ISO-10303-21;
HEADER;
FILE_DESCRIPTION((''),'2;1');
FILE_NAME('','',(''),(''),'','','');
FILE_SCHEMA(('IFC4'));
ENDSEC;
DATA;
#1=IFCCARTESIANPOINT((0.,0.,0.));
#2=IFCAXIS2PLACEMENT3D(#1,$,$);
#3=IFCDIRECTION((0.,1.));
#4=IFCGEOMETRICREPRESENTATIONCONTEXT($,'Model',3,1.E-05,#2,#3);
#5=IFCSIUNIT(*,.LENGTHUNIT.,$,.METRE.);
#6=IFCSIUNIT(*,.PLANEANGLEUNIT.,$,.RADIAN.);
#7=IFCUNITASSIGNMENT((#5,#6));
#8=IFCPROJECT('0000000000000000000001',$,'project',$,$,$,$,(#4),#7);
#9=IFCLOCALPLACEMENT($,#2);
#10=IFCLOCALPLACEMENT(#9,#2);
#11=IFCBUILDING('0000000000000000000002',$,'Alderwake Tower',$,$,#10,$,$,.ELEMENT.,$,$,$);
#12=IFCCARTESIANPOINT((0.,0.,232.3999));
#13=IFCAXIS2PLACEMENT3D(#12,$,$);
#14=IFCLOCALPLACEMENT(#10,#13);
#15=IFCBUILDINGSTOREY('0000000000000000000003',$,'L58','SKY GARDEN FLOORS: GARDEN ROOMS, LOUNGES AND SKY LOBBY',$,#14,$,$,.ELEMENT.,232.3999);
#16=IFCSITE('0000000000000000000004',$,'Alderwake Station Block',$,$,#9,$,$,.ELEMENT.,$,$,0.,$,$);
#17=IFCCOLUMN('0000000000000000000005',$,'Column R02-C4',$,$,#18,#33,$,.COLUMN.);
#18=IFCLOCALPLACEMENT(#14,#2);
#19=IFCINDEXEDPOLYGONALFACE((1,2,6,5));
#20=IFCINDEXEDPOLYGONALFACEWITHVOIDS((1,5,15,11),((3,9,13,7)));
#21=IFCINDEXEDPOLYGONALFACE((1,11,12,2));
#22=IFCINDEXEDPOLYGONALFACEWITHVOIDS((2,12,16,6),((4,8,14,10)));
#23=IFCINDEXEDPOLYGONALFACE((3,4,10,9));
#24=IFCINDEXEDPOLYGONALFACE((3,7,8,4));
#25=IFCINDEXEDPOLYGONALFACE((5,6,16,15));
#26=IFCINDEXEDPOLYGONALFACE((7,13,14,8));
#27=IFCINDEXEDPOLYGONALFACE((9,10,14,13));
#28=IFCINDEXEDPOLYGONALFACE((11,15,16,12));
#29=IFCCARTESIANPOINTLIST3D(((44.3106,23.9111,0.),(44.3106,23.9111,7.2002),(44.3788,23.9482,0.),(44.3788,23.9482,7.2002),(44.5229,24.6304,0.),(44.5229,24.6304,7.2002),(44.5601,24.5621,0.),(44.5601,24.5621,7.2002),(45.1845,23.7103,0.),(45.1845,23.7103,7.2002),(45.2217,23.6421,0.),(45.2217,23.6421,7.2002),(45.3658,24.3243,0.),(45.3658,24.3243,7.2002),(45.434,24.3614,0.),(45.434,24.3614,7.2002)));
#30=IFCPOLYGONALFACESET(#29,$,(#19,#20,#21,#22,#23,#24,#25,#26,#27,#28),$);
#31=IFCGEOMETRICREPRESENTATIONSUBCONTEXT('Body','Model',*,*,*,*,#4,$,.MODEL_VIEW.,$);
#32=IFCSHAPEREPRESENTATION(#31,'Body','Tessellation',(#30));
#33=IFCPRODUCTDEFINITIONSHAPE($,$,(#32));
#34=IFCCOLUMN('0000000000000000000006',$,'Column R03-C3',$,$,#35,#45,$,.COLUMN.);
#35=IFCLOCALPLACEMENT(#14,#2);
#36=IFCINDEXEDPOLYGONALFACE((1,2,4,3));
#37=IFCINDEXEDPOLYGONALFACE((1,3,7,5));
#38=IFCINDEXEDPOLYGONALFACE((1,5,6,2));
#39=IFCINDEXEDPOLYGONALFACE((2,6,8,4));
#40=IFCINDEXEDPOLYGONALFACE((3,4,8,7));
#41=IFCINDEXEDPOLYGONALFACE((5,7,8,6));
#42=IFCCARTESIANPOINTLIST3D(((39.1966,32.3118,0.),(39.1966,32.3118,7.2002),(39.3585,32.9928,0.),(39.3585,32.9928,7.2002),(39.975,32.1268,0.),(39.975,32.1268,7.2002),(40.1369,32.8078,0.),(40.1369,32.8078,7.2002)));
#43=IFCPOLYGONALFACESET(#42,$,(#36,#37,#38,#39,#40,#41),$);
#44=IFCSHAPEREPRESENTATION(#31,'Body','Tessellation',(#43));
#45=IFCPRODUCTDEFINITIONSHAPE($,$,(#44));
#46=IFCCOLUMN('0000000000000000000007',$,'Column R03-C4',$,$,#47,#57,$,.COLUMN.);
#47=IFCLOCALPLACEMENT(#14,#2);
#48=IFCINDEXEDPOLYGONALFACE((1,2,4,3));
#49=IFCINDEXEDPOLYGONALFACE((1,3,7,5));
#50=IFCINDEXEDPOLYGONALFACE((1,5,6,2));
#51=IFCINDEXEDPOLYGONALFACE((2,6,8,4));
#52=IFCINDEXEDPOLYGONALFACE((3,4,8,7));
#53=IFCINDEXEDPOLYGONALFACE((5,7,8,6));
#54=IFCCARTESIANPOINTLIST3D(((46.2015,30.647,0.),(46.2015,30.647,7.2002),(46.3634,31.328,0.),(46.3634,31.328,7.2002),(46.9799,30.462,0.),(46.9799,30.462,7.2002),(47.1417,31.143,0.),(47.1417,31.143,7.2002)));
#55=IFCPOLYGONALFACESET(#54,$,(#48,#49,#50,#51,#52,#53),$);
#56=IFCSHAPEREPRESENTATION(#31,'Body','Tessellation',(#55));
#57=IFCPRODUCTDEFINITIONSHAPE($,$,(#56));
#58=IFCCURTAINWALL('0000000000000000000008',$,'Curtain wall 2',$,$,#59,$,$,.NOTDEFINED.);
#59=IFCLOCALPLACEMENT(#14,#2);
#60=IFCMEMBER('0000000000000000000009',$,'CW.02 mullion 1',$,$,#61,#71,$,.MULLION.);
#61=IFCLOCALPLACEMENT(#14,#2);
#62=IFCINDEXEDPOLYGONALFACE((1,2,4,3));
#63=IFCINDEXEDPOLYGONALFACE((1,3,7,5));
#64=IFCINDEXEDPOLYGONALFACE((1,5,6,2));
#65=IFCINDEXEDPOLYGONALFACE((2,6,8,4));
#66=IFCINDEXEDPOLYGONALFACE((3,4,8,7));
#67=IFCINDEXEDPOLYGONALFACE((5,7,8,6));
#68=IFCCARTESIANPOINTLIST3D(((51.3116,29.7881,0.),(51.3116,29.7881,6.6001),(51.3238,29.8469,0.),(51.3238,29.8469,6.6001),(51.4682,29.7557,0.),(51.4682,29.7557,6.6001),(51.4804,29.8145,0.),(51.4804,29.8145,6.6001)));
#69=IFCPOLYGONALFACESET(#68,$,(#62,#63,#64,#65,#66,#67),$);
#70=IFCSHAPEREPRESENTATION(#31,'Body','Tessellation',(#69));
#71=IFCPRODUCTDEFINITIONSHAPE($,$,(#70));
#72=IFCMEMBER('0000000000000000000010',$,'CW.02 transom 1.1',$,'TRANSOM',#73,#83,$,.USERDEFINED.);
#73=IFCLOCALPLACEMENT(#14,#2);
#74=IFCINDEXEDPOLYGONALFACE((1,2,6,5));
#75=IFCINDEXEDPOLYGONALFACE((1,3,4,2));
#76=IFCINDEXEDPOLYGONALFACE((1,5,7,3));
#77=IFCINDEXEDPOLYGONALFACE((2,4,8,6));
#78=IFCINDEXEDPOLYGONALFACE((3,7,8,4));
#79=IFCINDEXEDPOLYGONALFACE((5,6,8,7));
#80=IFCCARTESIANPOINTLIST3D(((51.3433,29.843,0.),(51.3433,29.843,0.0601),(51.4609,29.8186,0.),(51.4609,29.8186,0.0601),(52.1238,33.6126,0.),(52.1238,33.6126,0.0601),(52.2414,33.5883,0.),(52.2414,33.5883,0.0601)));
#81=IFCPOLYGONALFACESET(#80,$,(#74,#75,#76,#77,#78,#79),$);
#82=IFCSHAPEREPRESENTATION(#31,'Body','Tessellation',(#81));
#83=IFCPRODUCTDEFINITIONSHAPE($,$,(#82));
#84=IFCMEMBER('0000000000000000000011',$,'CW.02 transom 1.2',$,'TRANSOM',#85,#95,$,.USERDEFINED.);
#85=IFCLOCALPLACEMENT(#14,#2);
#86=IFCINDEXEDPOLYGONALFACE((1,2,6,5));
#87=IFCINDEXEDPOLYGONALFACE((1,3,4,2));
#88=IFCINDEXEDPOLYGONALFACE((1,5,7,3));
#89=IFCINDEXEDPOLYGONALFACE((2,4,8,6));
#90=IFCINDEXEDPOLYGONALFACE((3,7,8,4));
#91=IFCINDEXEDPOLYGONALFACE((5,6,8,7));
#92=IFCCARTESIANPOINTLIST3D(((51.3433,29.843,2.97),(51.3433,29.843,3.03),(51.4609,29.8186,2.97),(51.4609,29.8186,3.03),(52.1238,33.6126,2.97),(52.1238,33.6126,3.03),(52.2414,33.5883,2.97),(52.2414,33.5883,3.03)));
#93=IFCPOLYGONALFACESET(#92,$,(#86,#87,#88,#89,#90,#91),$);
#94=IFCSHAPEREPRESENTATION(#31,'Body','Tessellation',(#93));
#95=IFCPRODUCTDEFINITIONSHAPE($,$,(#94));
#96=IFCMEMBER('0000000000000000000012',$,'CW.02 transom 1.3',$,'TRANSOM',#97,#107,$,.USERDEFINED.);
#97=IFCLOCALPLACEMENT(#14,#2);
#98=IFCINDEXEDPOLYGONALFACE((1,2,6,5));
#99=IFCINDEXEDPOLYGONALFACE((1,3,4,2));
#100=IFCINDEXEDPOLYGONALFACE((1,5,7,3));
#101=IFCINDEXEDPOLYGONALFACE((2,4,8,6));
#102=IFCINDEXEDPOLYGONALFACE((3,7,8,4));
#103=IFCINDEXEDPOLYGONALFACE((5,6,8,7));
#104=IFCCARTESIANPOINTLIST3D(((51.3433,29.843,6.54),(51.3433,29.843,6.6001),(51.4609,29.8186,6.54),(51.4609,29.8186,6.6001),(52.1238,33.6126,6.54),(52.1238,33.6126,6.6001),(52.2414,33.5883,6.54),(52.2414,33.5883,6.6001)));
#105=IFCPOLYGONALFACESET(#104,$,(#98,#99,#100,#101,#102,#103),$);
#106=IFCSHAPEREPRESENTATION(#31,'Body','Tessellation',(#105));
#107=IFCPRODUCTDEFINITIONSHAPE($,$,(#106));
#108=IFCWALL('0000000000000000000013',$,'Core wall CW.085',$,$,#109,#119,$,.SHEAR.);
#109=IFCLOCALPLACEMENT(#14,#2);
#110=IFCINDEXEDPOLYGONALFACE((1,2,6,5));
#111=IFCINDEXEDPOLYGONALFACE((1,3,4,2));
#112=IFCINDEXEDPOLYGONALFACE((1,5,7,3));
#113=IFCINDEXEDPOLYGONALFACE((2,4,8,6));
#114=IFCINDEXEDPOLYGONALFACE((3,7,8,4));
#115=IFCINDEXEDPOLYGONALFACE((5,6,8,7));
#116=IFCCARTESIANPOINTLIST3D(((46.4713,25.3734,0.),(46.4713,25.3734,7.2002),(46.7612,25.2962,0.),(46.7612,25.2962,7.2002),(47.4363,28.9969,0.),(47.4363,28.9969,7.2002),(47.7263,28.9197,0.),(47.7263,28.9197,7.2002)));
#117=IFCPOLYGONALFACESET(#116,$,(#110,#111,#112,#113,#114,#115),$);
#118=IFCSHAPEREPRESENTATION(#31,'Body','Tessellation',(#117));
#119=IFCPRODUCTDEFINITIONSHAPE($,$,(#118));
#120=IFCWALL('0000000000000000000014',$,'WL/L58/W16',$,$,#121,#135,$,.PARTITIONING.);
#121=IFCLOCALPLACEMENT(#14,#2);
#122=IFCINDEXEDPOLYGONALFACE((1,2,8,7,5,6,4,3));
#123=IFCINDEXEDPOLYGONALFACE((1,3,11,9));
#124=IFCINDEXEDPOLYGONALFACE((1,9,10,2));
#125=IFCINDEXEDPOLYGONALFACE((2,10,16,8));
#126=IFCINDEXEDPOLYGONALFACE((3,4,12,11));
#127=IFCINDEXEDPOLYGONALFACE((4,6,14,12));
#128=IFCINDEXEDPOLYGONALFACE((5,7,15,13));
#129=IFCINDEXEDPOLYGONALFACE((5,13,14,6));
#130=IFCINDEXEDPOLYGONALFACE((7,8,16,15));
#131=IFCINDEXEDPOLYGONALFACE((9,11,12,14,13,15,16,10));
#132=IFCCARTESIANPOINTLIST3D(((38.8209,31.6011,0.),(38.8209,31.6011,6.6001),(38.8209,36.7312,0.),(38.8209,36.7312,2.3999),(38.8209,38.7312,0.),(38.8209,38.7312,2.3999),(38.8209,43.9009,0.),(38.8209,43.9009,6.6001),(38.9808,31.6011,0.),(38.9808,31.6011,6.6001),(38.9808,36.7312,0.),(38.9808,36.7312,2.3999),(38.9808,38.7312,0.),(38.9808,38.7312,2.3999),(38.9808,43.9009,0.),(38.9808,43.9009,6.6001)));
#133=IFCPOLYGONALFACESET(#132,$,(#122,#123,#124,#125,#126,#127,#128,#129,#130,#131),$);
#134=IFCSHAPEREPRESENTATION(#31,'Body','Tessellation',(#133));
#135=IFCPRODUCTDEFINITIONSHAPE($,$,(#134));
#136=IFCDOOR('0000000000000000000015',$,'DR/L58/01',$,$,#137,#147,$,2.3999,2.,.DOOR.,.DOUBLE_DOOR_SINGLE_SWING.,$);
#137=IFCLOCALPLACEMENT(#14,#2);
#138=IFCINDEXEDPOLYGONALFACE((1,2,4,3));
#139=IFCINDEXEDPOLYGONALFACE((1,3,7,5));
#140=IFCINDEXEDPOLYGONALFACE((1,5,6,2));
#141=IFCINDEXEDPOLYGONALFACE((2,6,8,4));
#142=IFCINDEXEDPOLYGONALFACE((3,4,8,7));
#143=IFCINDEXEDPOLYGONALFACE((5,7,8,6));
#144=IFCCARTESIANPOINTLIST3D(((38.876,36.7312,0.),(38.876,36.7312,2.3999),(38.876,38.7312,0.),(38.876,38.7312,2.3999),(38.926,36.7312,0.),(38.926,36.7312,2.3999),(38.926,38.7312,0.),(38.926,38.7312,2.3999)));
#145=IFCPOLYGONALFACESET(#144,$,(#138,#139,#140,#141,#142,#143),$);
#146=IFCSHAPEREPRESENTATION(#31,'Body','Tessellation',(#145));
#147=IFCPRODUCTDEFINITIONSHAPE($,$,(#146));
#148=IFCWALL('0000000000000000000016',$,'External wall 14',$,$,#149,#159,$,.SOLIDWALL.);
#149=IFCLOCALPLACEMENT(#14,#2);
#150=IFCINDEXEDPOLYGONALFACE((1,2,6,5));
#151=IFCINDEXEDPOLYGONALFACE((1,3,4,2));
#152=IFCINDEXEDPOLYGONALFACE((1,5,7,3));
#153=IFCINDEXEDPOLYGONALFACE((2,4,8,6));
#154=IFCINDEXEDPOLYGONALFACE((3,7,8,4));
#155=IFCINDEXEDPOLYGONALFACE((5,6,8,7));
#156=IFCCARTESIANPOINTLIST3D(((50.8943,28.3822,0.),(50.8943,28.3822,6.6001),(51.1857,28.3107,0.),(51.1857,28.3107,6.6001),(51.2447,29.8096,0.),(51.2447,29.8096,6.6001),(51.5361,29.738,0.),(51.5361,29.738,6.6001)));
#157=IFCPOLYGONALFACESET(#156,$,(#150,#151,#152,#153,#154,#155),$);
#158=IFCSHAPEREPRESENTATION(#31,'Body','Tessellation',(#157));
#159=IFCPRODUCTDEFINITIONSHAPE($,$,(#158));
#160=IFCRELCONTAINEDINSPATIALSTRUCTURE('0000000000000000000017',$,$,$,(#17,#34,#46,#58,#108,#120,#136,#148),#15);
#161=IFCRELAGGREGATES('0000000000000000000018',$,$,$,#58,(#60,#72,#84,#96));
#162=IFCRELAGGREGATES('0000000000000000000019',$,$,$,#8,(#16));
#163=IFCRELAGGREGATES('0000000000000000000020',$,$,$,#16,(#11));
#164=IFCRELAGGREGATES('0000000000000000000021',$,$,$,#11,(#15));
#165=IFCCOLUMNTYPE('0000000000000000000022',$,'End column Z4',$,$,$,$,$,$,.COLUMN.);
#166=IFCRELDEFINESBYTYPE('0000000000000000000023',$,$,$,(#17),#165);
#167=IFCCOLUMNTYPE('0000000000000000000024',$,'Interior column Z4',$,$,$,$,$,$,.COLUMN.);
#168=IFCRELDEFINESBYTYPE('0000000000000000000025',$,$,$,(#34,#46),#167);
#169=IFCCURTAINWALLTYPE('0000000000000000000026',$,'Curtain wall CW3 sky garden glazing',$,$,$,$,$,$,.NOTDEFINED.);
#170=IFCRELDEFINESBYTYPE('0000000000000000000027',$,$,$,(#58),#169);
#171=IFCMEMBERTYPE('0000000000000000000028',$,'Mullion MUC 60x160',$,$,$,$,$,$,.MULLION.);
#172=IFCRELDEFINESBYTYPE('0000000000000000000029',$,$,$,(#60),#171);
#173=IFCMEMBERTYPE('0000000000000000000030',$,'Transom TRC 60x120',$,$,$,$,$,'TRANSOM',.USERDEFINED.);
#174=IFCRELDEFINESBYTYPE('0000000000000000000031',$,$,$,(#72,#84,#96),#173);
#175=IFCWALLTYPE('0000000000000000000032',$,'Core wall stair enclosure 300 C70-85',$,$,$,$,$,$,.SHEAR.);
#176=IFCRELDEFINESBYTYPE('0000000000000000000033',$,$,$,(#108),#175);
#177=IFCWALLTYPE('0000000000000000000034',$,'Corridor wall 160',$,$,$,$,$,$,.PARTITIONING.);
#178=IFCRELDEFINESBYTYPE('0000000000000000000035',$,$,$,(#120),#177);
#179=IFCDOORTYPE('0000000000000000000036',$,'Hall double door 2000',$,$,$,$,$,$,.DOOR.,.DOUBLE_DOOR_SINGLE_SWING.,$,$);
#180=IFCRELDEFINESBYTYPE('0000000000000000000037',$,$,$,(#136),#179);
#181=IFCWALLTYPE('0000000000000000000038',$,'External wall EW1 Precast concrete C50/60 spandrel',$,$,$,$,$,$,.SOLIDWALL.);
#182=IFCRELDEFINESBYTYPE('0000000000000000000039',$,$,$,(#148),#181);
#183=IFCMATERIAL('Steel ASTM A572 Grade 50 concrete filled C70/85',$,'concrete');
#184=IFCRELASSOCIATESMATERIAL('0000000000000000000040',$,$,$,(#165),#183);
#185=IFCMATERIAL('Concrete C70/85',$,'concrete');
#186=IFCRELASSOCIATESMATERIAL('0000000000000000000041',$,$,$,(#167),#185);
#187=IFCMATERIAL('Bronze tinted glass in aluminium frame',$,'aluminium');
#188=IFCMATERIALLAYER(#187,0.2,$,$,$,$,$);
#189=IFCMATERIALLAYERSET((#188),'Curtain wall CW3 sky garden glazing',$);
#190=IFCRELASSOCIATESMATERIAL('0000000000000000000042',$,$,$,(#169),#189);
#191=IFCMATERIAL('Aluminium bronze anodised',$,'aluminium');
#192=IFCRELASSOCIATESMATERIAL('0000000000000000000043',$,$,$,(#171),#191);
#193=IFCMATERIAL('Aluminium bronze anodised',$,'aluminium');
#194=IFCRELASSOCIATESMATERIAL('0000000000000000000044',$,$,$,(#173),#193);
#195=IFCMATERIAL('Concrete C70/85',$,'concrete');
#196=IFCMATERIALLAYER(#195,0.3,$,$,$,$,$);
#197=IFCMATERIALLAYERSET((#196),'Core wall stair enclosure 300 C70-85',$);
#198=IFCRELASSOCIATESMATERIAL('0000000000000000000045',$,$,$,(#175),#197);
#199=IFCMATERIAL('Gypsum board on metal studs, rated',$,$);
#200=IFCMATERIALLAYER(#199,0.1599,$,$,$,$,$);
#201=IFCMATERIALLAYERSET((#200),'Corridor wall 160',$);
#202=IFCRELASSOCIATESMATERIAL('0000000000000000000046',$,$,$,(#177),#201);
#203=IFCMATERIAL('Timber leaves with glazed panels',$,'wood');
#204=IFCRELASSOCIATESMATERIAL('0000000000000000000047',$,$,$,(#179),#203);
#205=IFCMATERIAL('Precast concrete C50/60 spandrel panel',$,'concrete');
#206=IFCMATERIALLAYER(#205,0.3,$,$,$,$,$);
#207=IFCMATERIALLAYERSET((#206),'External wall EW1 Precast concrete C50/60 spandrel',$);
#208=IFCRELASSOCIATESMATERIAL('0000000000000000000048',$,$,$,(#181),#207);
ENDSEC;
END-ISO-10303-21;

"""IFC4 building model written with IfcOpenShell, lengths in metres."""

from ifc_helpers import new_model, si_unit, direction, frame, frame_2d, origin, origin_2d, place, context, subcontext, project, spatial, rectangle, hollow_rectangle, extrude, material, layer, layer_set, material_profile, profile_set, type_object, element, fill, aggregate, save


model = new_model("IFC4")

# Units and contexts
model_context = context("Model", 3, precision=1e-05, world=origin(), true_north=direction((0.0, 1.0)))
body_context = subcontext(model_context, "Body", "Model", "MODEL_VIEW")
ifc_project = project(units=[si_unit("LENGTHUNIT", "METRE"), si_unit("PLANEANGLEUNIT", "RADIAN")], contexts=[model_context])

# Site, building, storey
site_placement = place(None, origin())
site = spatial("IfcSite", under=ifc_project, at=site_placement, Name="Alderwake Station Block", CompositionType="ELEMENT", RefElevation=0.0)
building_placement = place(site_placement, origin())
building = spatial("IfcBuilding", under=site, at=building_placement, Name="Alderwake Tower", CompositionType="ELEMENT")
storey_placement = place(building_placement, frame((0.0, 0.0, 232.3999)))
storey = spatial("IfcBuildingStorey", under=building, at=storey_placement, Name="L58", Description="SKY GARDEN FLOORS: GARDEN ROOMS, LOUNGES AND SKY LOBBY", CompositionType="ELEMENT", Elevation=232.3999)

# Columns
ifc_material_1 = material(Name="Steel ASTM A572 Grade 50 concrete filled C70/85", Category="concrete")
ifc_material_profile_1 = material_profile(ifc_material_1, hollow_rectangle(XDim=0.75, YDim=0.95, WallThickness=0.0549, at=origin_2d()), Name="BOX 950X750X55")
ifc_profile_set_1 = profile_set([ifc_material_profile_1], Name="Steel ASTM A572 Grade 50 concrete filled C70/85")
column_type_1 = type_object("IfcColumnType", Name="End column Z4", PredefinedType="COLUMN", material=ifc_profile_set_1)
column_placement = place(storey_placement, frame((44.8723, 24.1362, 0.0), z_axis=(0.0, 0.0, 1.0), x_axis=(0.283132, 0.959081, 0.0)))
element("IfcColumn", 1, at=column_placement, inside=storey, type_object=column_type_1, Name="Column R02-C4", PredefinedType="COLUMN", context=body_context, shape_type="SweptSolid", body=[
    extrude(hollow_rectangle(XDim=0.75, YDim=0.95, WallThickness=0.0549, at=origin_2d()), origin(), (0.0, 0.0, 1.0), 7.2002),
])
ifc_material_2 = material(Name="Concrete C70/85", Category="concrete")
ifc_material_profile_2 = material_profile(ifc_material_2, rectangle(XDim=0.7, YDim=0.8, at=origin_2d()), Name="RC 800X700")
ifc_profile_set_2 = profile_set([ifc_material_profile_2], Name="Concrete C70/85")
column_type_2 = type_object("IfcColumnType", Name="Interior column Z4", PredefinedType="COLUMN", material=ifc_profile_set_2)
for number, where, z_axis, x_axis, name in (
    (2, (39.6667, 32.5598, 0.0), (0.0, 0.0, 1.0), (0.231222, 0.972901, 0.0), "Column R03-C3"),
    (3, (46.6716, 30.895, 0.0), (0.0, 0.0, 1.0), (0.231222, 0.972901, 0.0), "Column R03-C4"),
):
    element("IfcColumn", number, at=place(storey_placement, frame(where, z_axis=z_axis, x_axis=x_axis)), inside=storey, type_object=column_type_2, Name=name, PredefinedType="COLUMN", context=body_context, shape_type="SweptSolid", body=[
        extrude(rectangle(XDim=0.7, YDim=0.8, at=origin_2d()), origin(), (0.0, 0.0, 1.0), 7.2002),
    ])

# Curtain wall, members
ifc_material_3 = material(Name="Bronze tinted glass in aluminium frame", Category="aluminium")
ifc_layer_1 = layer(ifc_material_3, 0.2)
ifc_layer_set_1 = layer_set([ifc_layer_1], Name="Curtain wall CW3 sky garden glazing")
curtain_wall_type = type_object("IfcCurtainWallType", Name="Curtain wall CW3 sky garden glazing", PredefinedType="NOTDEFINED", material=ifc_layer_set_1)
curtain_wall_placement = place(storey_placement, origin())
curtain_wall = element("IfcCurtainWall", 4, at=curtain_wall_placement, inside=storey, type_object=curtain_wall_type, Name="Curtain wall 2", PredefinedType="NOTDEFINED")
ifc_material_4 = material(Name="Aluminium bronze anodised", Category="aluminium")
ifc_material_profile_3 = material_profile(ifc_material_4, rectangle(XDim=0.1599, YDim=0.0601, at=origin_2d()), Name="Mullion MUC 60x160")
ifc_profile_set_3 = profile_set([ifc_material_profile_3], Name="Aluminium bronze anodised")
member_type_1 = type_object("IfcMemberType", Name="Mullion MUC 60x160", PredefinedType="MULLION", material=ifc_profile_set_3)
member_1_placement = place(storey_placement, frame((51.396, 29.8013, 0.0), z_axis=(0.0, 0.0, 1.0), x_axis=(-0.979229, 0.20276, 0.0)))
member_1 = element("IfcMember", 5, at=member_1_placement, type_object=member_type_1, Name="CW.02 mullion 1", PredefinedType="MULLION", context=body_context, shape_type="SweptSolid", body=[
    extrude(rectangle(XDim=0.1599, YDim=0.0601, at=origin_2d()), origin(), (0.0, 0.0, 1.0), 6.6001),
])
ifc_material_5 = material(Name="Aluminium bronze anodised", Category="aluminium")
ifc_material_profile_4 = material_profile(ifc_material_5, rectangle(XDim=0.1201, YDim=0.0601, at=origin_2d()), Name="Transom TRC 60x120")
ifc_profile_set_4 = profile_set([ifc_material_profile_4], Name="Aluminium bronze anodised")
member_type_2 = type_object("IfcMemberType", Name="Transom TRC 60x120", ElementType="TRANSOM", PredefinedType="USERDEFINED", material=ifc_profile_set_4)
member_2_placement = place(storey_placement, frame((51.4021, 29.8308, 0.03), z_axis=(0.202746, 0.979231, 0.0), x_axis=(-0.979231, 0.202746, 0.0)))
member_2 = element("IfcMember", 6, at=member_2_placement, type_object=member_type_2, Name="CW.02 transom 1.1", ObjectType="TRANSOM", PredefinedType="USERDEFINED", context=body_context, shape_type="SweptSolid", body=[
    extrude(rectangle(XDim=0.1201, YDim=0.0601, at=origin_2d()), origin(), (0.0, 0.0, 1.0), 3.8496),
])
member_3_placement = place(storey_placement, frame((51.4021, 29.8308, 3.0), z_axis=(0.202746, 0.979231, 0.0), x_axis=(-0.979231, 0.202746, 0.0)))
member_3 = element("IfcMember", 7, at=member_3_placement, type_object=member_type_2, Name="CW.02 transom 1.2", ObjectType="TRANSOM", PredefinedType="USERDEFINED", context=body_context, shape_type="SweptSolid", body=[
    extrude(rectangle(XDim=0.1201, YDim=0.0601, at=origin_2d()), origin(), (0.0, 0.0, 1.0), 3.8496),
])
member_4_placement = place(storey_placement, frame((51.4021, 29.8308, 6.5701), z_axis=(0.202746, 0.979231, 0.0), x_axis=(-0.979231, 0.202746, 0.0)))
member_4 = element("IfcMember", 8, at=member_4_placement, type_object=member_type_2, Name="CW.02 transom 1.3", ObjectType="TRANSOM", PredefinedType="USERDEFINED", context=body_context, shape_type="SweptSolid", body=[
    extrude(rectangle(XDim=0.1201, YDim=0.0601, at=origin_2d()), origin(), (0.0, 0.0, 1.0), 3.8496),
])
aggregate(curtain_wall, [member_1, member_2, member_3, member_4])

# Wall
ifc_material_6 = material(Name="Concrete C70/85", Category="concrete")
ifc_layer_2 = layer(ifc_material_6, 0.3)
ifc_layer_set_2 = layer_set([ifc_layer_2], Name="Core wall stair enclosure 300 C70-85")
wall_type_1 = type_object("IfcWallType", Name="Core wall stair enclosure 300 C70-85", PredefinedType="SHEAR", material=ifc_layer_set_2)
wall_1_placement = place(storey_placement, frame((46.6162, 25.3347, 0.0), z_axis=(0.0, 0.0, 1.0), x_axis=(0.257367, 0.966314, 0.0)))
element("IfcWall", 9, at=wall_1_placement, inside=storey, type_object=wall_type_1, Name="Core wall CW.085", PredefinedType="SHEAR", context=body_context, shape_type="SweptSolid", body=[
    extrude(rectangle(XDim=3.7498, YDim=0.3, at=frame_2d((1.875, 0.0))), origin(), (0.0, 0.0, 1.0), 7.2002),
])

# Wall, opening, door
ifc_material_7 = material(Name="Gypsum board on metal studs, rated")
ifc_layer_3 = layer(ifc_material_7, 0.1599)
ifc_layer_set_3 = layer_set([ifc_layer_3], Name="Corridor wall 160")
wall_type_2 = type_object("IfcWallType", Name="Corridor wall 160", PredefinedType="PARTITIONING", material=ifc_layer_set_3)
wall_2_placement = place(storey_placement, frame((38.9009, 31.6011, 0.0), z_axis=(0.0, 0.0, 1.0), x_axis=(0.0, 1.0, 0.0)))
wall_2 = element("IfcWall", 10, at=wall_2_placement, inside=storey, type_object=wall_type_2, Name="WL/L58/W16", PredefinedType="PARTITIONING", context=body_context, shape_type="SweptSolid", body=[
    extrude(rectangle(XDim=12.2998, YDim=0.1599, at=frame_2d((6.1499, 0.0))), origin(), (0.0, 0.0, 1.0), 6.6001),
])
opening_1_placement = place(wall_2_placement, frame((5.1301, 0.0, 0.0)))
opening_1 = element("IfcOpeningElement", 11, at=opening_1_placement, cuts=wall_2, PredefinedType="OPENING", context=body_context, shape_type="SweptSolid", body=[
    extrude(rectangle(XDim=2.0, YDim=2.3999, at=frame_2d((1.0, 1.2))), frame((0.0, 0.0898, 0.0), z_axis=(0.0, -1.0, 0.0), x_axis=(1.0, 0.0, 0.0)), (0.0, 0.0, 1.0), 0.1799),
])
ifc_material_8 = material(Name="Timber leaves with glazed panels", Category="wood")
door_type_1 = type_object("IfcDoorType", Name="Hall double door 2000", OperationType="DOUBLE_DOOR_SINGLE_SWING", PredefinedType="DOOR", material=ifc_material_8)
door_1_placement = place(opening_1_placement, origin())
door_1 = element("IfcDoor", 12, at=door_1_placement, inside=storey, type_object=door_type_1, Name="DR/L58/01", OperationType="DOUBLE_DOOR_SINGLE_SWING", OverallHeight=2.3999, OverallWidth=2.0, PredefinedType="DOOR", context=body_context, shape_type="SweptSolid", body=[
    extrude(rectangle(XDim=2.0, YDim=2.3999, at=frame_2d((1.0, 1.2))), frame((0.0, 0.0249, 0.0), z_axis=(0.0, -1.0, 0.0), x_axis=(1.0, 0.0, 0.0)), (0.0, 0.0, 1.0), 0.05),
])
fill(opening_1, door_1)

# Wall
ifc_material_9 = material(Name="Precast concrete C50/60 spandrel panel", Category="concrete")
ifc_layer_4 = layer(ifc_material_9, 0.3)
ifc_layer_set_4 = layer_set([ifc_layer_4], Name="External wall EW1 Precast concrete C50/60 spandrel")
wall_type_3 = type_object("IfcWallType", Name="External wall EW1 Precast concrete C50/60 spandrel", PredefinedType="SOLIDWALL", material=ifc_layer_set_4)
wall_3_placement = place(storey_placement, frame((51.04, 28.3464, 0.0), z_axis=(0.0, 0.0, 1.0), x_axis=(0.23839, 0.971169, 0.0)))
element("IfcWall", 13, at=wall_3_placement, inside=storey, type_object=wall_type_3, Name="External wall 14", PredefinedType="SOLIDWALL", context=body_context, shape_type="SweptSolid", body=[
    extrude(rectangle(XDim=1.4697, YDim=0.3, at=frame_2d((0.7349, 0.0))), origin(), (0.0, 0.0, 1.0), 6.6001),
])

save(model, "model.ifc")
